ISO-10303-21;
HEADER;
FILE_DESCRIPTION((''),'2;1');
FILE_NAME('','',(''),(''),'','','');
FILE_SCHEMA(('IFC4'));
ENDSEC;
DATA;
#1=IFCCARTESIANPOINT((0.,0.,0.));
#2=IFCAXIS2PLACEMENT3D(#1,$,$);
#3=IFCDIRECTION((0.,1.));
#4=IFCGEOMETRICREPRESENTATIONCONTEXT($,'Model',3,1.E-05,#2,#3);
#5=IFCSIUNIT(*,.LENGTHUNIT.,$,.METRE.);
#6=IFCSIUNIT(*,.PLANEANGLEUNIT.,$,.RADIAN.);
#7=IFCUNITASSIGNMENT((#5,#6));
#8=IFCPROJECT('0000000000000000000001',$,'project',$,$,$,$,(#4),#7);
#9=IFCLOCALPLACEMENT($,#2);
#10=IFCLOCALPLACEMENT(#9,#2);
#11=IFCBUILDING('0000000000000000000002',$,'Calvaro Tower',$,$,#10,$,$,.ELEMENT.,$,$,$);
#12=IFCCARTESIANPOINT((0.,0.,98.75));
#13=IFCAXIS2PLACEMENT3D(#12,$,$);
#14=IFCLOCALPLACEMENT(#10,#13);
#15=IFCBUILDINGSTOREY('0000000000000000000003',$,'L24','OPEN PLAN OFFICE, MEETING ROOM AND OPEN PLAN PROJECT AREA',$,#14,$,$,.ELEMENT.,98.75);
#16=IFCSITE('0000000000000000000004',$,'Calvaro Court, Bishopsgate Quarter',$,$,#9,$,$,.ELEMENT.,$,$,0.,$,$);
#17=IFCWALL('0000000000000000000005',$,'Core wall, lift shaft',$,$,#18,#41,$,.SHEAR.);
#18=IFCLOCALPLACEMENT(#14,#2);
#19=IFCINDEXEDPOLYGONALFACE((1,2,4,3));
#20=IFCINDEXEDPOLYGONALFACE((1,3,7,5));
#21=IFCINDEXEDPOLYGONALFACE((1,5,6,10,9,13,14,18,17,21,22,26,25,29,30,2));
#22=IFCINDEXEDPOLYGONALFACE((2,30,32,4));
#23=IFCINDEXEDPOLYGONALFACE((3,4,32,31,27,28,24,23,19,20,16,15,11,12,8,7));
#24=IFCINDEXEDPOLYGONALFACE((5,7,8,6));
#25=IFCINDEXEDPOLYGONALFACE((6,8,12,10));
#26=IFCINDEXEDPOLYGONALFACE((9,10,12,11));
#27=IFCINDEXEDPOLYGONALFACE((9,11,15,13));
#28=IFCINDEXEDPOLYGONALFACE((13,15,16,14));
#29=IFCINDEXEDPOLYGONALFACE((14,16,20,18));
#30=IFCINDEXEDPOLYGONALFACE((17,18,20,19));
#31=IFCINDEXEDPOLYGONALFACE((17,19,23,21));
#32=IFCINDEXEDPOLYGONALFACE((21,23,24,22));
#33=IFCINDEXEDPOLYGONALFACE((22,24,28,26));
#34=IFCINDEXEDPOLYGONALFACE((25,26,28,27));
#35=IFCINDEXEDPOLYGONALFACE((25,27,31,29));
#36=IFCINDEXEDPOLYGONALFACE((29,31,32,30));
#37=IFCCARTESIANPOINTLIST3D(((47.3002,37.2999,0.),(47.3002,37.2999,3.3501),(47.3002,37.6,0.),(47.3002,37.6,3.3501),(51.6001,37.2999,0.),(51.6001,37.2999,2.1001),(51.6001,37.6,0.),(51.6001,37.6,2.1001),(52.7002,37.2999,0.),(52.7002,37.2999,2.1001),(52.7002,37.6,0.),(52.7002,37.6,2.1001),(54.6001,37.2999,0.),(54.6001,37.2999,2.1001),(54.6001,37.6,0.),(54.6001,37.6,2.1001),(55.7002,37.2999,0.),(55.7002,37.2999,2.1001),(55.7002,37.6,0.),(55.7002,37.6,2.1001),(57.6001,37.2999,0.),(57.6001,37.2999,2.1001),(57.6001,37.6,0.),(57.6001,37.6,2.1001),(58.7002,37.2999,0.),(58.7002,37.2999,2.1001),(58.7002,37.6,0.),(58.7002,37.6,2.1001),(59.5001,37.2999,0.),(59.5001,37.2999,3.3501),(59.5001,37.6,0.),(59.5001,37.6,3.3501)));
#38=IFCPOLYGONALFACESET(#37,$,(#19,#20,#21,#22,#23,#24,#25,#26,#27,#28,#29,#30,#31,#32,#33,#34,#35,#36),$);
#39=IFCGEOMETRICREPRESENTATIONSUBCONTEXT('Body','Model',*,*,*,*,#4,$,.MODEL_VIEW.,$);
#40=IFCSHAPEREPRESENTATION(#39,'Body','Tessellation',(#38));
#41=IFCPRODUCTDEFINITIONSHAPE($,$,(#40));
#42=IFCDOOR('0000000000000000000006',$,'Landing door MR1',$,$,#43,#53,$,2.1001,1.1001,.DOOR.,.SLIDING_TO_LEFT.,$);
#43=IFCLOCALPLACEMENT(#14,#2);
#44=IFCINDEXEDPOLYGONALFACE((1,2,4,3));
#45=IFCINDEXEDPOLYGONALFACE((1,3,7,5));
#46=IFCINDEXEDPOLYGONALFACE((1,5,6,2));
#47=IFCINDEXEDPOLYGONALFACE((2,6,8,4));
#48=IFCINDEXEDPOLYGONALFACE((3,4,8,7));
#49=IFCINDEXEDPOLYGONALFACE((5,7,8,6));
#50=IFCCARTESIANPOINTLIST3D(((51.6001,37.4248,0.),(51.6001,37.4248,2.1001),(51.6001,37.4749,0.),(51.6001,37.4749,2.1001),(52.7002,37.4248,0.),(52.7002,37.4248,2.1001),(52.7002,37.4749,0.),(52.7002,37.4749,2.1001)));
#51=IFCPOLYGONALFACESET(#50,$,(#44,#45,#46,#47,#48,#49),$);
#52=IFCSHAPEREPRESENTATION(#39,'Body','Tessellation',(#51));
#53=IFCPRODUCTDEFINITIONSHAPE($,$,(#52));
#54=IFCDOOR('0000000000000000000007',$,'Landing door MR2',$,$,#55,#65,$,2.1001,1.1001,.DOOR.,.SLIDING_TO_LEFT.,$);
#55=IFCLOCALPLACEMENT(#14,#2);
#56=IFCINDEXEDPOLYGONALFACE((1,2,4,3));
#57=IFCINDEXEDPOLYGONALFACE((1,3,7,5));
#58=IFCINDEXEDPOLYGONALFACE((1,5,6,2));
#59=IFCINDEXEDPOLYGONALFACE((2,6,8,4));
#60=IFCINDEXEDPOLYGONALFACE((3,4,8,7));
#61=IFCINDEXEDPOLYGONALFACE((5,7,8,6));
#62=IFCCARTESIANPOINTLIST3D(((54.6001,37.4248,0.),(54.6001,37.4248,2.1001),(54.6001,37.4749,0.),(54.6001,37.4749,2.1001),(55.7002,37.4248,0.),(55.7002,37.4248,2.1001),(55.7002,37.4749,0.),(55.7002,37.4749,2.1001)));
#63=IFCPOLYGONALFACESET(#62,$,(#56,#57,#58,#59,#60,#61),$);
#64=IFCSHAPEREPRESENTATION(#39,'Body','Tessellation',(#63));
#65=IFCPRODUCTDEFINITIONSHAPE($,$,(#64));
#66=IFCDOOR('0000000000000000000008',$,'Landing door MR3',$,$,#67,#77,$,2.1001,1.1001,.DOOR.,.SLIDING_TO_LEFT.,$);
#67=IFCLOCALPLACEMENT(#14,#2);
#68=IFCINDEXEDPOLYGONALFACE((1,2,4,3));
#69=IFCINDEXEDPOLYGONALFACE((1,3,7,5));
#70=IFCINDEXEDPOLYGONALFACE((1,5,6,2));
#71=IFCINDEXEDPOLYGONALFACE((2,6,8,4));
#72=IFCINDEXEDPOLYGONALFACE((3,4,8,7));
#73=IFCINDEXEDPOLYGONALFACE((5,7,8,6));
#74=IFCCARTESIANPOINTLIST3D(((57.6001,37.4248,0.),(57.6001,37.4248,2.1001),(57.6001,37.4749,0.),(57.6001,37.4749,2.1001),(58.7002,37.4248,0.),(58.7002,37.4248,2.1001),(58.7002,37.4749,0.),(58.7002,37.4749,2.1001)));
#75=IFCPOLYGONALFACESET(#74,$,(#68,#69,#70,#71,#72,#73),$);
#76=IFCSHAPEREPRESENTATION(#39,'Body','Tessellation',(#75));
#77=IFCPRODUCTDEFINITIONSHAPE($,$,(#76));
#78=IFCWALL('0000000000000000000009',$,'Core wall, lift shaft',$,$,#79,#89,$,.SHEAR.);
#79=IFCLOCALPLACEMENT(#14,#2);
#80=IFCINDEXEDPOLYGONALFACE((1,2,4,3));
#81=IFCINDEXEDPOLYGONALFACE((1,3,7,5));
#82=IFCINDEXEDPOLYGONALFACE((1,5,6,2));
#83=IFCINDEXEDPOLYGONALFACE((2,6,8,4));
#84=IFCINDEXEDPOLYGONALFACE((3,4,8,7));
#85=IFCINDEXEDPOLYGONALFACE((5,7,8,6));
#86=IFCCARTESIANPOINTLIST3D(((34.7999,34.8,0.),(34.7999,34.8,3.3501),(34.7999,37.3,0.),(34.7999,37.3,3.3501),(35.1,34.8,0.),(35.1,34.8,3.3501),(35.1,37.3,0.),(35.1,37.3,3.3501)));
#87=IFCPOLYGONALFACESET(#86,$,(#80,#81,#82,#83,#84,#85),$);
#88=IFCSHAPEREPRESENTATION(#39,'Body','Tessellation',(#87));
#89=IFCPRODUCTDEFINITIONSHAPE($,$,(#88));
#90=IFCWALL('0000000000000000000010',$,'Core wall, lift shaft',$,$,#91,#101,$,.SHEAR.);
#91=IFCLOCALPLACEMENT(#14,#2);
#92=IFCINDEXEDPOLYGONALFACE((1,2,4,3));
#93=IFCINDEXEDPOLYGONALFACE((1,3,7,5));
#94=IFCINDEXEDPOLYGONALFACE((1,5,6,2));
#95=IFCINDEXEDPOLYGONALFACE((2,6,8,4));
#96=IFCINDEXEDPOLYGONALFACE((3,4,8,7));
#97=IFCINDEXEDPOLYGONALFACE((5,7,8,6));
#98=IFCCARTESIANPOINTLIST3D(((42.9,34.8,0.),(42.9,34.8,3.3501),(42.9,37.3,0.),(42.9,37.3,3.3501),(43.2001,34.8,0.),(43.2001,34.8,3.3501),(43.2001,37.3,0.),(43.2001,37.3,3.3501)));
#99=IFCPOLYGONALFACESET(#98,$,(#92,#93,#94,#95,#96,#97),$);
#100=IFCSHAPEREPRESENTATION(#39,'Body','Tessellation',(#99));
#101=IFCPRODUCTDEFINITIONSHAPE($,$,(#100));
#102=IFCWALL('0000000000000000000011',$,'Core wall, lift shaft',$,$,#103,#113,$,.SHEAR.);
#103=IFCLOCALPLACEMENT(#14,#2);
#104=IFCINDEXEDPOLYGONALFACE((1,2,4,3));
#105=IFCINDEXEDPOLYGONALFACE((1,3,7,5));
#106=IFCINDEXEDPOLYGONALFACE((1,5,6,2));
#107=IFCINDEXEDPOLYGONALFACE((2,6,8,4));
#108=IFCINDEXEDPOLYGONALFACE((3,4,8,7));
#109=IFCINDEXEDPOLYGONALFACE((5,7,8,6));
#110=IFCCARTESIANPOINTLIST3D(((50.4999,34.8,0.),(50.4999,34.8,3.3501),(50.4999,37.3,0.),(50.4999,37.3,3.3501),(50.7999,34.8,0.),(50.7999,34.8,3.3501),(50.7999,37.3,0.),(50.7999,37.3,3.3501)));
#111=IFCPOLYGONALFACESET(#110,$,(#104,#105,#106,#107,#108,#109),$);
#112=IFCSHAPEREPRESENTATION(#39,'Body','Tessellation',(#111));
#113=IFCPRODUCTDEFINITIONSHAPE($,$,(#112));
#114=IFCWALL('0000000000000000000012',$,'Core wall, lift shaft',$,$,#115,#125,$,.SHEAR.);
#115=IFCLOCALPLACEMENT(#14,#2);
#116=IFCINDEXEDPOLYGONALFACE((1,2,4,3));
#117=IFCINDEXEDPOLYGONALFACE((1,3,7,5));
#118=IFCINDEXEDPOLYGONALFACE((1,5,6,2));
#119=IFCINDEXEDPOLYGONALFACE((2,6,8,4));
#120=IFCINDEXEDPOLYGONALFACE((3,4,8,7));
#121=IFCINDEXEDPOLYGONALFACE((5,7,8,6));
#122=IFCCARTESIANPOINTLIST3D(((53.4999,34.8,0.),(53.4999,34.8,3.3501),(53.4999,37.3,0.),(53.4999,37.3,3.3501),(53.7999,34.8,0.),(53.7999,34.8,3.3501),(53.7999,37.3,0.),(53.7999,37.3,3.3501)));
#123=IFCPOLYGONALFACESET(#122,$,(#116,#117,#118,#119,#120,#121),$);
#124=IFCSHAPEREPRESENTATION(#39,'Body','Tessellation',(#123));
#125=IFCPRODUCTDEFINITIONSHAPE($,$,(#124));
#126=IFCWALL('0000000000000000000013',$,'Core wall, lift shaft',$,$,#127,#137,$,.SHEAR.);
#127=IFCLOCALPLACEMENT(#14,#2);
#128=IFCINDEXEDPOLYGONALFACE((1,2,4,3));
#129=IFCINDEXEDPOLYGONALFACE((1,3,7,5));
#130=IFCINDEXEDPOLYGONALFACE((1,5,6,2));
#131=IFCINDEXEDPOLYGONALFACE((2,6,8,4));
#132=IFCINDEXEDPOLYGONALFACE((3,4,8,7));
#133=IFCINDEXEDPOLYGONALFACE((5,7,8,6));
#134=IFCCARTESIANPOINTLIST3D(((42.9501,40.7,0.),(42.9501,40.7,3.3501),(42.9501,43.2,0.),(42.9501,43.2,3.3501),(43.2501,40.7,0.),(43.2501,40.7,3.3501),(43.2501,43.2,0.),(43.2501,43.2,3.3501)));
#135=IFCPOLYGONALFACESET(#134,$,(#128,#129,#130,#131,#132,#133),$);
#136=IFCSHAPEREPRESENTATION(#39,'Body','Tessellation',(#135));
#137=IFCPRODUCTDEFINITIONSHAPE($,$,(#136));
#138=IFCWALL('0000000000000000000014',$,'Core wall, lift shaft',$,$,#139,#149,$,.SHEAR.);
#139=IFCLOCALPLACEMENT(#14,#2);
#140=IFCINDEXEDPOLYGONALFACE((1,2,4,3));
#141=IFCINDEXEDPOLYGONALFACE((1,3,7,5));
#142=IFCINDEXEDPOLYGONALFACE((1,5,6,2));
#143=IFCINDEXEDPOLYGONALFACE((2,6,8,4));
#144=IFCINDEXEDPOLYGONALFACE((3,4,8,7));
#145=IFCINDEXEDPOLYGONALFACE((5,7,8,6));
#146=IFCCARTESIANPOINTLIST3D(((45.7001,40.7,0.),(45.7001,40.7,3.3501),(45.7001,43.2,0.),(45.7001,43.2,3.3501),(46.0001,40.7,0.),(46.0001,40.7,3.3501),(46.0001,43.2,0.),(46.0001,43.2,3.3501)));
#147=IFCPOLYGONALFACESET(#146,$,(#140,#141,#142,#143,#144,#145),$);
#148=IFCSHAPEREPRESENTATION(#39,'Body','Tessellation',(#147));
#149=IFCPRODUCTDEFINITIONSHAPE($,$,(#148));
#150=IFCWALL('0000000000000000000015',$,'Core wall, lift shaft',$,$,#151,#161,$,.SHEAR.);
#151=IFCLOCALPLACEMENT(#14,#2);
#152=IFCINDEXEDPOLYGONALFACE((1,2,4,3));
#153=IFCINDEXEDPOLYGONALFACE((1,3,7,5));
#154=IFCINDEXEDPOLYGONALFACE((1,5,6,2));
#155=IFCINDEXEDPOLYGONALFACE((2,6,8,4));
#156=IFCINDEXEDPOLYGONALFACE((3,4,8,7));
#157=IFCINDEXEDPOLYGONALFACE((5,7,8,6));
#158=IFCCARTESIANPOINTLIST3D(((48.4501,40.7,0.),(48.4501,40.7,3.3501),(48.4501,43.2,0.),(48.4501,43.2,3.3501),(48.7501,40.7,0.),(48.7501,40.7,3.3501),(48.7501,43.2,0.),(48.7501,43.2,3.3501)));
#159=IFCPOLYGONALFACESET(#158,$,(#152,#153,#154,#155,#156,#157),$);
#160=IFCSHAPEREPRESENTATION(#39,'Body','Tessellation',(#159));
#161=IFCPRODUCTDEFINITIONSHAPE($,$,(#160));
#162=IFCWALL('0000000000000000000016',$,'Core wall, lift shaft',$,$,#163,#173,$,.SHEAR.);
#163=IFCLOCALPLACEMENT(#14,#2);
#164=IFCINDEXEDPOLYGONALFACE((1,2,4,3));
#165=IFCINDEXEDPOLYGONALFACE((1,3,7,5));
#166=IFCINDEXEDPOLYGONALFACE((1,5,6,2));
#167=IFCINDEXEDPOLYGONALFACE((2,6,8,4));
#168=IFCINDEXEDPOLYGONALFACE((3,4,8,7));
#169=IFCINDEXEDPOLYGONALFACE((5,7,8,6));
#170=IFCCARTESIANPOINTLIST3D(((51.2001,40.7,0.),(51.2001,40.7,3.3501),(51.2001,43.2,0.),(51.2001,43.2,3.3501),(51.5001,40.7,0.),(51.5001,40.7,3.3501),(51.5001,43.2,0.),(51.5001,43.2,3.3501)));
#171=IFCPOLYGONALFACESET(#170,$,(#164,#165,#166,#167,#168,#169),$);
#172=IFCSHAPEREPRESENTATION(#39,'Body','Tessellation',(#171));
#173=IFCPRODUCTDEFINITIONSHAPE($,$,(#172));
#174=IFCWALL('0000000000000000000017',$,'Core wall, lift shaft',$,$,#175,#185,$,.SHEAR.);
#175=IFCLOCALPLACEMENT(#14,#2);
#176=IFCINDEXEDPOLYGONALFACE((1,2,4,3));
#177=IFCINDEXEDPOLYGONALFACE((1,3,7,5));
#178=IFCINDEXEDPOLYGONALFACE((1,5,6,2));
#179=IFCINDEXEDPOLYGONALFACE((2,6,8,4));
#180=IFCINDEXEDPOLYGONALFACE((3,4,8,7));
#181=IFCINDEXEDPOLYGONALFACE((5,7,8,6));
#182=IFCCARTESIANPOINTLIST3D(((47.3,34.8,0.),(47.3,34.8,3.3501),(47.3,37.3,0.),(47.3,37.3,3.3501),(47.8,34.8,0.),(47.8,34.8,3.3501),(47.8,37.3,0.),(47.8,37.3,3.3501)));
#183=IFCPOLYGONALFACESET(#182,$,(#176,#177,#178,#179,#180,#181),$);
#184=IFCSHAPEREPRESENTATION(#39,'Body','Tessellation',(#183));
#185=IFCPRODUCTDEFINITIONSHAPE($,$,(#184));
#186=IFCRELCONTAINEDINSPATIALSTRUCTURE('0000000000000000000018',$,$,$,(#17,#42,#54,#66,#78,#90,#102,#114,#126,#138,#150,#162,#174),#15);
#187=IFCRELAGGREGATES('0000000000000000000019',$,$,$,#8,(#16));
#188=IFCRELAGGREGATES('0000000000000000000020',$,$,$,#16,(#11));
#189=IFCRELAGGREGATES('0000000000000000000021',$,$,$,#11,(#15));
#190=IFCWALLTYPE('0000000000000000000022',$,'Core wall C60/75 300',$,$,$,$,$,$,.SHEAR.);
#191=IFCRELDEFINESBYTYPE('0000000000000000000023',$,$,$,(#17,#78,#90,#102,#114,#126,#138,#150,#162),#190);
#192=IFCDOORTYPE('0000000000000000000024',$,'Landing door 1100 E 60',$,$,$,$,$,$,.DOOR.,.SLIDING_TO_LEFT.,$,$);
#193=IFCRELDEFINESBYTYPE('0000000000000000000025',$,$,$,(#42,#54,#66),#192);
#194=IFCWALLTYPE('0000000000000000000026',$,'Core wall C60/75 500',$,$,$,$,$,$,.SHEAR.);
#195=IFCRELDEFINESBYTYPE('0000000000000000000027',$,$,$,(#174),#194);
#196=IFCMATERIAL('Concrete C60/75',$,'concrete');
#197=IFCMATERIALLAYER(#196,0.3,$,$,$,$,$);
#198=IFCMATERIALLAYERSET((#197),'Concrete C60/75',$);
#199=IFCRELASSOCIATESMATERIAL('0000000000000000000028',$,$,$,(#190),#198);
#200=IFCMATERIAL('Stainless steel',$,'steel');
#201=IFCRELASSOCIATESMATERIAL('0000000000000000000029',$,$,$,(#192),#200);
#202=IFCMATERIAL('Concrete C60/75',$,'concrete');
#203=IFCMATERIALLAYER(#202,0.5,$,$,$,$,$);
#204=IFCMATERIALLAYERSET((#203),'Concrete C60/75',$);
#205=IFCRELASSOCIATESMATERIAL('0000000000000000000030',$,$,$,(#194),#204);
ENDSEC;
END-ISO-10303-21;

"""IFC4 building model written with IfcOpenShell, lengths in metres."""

from ifc_helpers import new_model, si_unit, direction, frame, frame_2d, origin, place, context, subcontext, project, spatial, rectangle, extrude, material, layer, layer_set, type_object, element, fill, save


model = new_model("IFC4")

# Units and contexts
model_context = context("Model", 3, precision=1e-05, world=origin(), true_north=direction((0.0, 1.0)))
body_context = subcontext(model_context, "Body", "Model", "MODEL_VIEW")
ifc_project = project(units=[si_unit("LENGTHUNIT", "METRE"), si_unit("PLANEANGLEUNIT", "RADIAN")], contexts=[model_context])

# Site, building, storey
site_placement = place(None, origin())
site = spatial("IfcSite", under=ifc_project, at=site_placement, Name="Calvaro Court, Bishopsgate Quarter", CompositionType="ELEMENT", RefElevation=0.0)
building_placement = place(site_placement, origin())
building = spatial("IfcBuilding", under=site, at=building_placement, Name="Calvaro Tower", CompositionType="ELEMENT")
storey_placement = place(building_placement, frame((0.0, 0.0, 98.75)))
storey = spatial("IfcBuildingStorey", under=building, at=storey_placement, Name="L24", Description="OPEN PLAN OFFICE, MEETING ROOM AND OPEN PLAN PROJECT AREA", CompositionType="ELEMENT", Elevation=98.75)

# Shared definitions
ifc_material_1 = material(Name="Concrete C60/75", Category="concrete")
ifc_layer_1 = layer(ifc_material_1, 0.3)
ifc_layer_set_1 = layer_set([ifc_layer_1], Name="Concrete C60/75")
wall_type_1 = type_object("IfcWallType", Name="Core wall C60/75 300", PredefinedType="SHEAR", material=ifc_layer_set_1)

# Shared definitions
ifc_material_2 = material(Name="Stainless steel", Category="steel")
door_type_1 = type_object("IfcDoorType", Name="Landing door 1100 E 60", OperationType="SLIDING_TO_LEFT", PredefinedType="DOOR", material=ifc_material_2)

# Wall, openings, doors
wall_1_placement = place(storey_placement, frame((47.3, 37.45, 0.0), z_axis=(0.0, 0.0, 1.0), x_axis=(1.0, 0.0, 0.0)))
wall_1 = element("IfcWall", 1, at=wall_1_placement, inside=storey, type_object=wall_type_1, Name="Core wall, lift shaft", PredefinedType="SHEAR", context=body_context, shape_type="SweptSolid", body=[
    extrude(rectangle(XDim=12.2, YDim=0.3, at=frame_2d((6.1001, 0.0))), origin(), (0.0, 0.0, 1.0), 3.3501),
])
opening_1_placement = place(wall_1_placement, frame((4.3, 0.0, 0.0)))
opening_1 = element("IfcOpeningElement", 2, at=opening_1_placement, cuts=wall_1, PredefinedType="OPENING", context=body_context, shape_type="SweptSolid", body=[
    extrude(rectangle(XDim=1.1001, YDim=2.1001, at=frame_2d((0.55, 1.05))), frame((0.0, 0.1599, 0.0), z_axis=(0.0, -1.0, 0.0), x_axis=(1.0, 0.0, 0.0)), (0.0, 0.0, 1.0), 0.3201),
])
opening_2_placement = place(wall_1_placement, frame((7.3, 0.0, 0.0)))
opening_2 = element("IfcOpeningElement", 3, at=opening_2_placement, cuts=wall_1, PredefinedType="OPENING", context=body_context, shape_type="SweptSolid", body=[
    extrude(rectangle(XDim=1.1001, YDim=2.1001, at=frame_2d((0.55, 1.05))), frame((0.0, 0.1599, 0.0), z_axis=(0.0, -1.0, 0.0), x_axis=(1.0, 0.0, 0.0)), (0.0, 0.0, 1.0), 0.3201),
])
opening_3_placement = place(wall_1_placement, frame((10.3, 0.0, 0.0)))
opening_3 = element("IfcOpeningElement", 4, at=opening_3_placement, cuts=wall_1, PredefinedType="OPENING", context=body_context, shape_type="SweptSolid", body=[
    extrude(rectangle(XDim=1.1001, YDim=2.1001, at=frame_2d((0.55, 1.05))), frame((0.0, 0.1599, 0.0), z_axis=(0.0, -1.0, 0.0), x_axis=(1.0, 0.0, 0.0)), (0.0, 0.0, 1.0), 0.3201),
])
door_1_placement = place(opening_1_placement, origin())
door_1 = element("IfcDoor", 5, at=door_1_placement, inside=storey, type_object=door_type_1, Name="Landing door MR1", OperationType="SLIDING_TO_LEFT", OverallHeight=2.1001, OverallWidth=1.1001, PredefinedType="DOOR", context=body_context, shape_type="SweptSolid", body=[
    extrude(rectangle(XDim=1.1001, YDim=2.1001, at=frame_2d((0.55, 1.05))), frame((0.0, 0.0249, 0.0), z_axis=(0.0, -1.0, 0.0), x_axis=(1.0, 0.0, 0.0)), (0.0, 0.0, 1.0), 0.05),
])
fill(opening_1, door_1)
door_2_placement = place(opening_2_placement, origin())
door_2 = element("IfcDoor", 6, at=door_2_placement, inside=storey, type_object=door_type_1, Name="Landing door MR2", OperationType="SLIDING_TO_LEFT", OverallHeight=2.1001, OverallWidth=1.1001, PredefinedType="DOOR", context=body_context, shape_type="SweptSolid", body=[
    extrude(rectangle(XDim=1.1001, YDim=2.1001, at=frame_2d((0.55, 1.05))), frame((0.0, 0.0249, 0.0), z_axis=(0.0, -1.0, 0.0), x_axis=(1.0, 0.0, 0.0)), (0.0, 0.0, 1.0), 0.05),
])
fill(opening_2, door_2)
door_3_placement = place(opening_3_placement, origin())
door_3 = element("IfcDoor", 7, at=door_3_placement, inside=storey, type_object=door_type_1, Name="Landing door MR3", OperationType="SLIDING_TO_LEFT", OverallHeight=2.1001, OverallWidth=1.1001, PredefinedType="DOOR", context=body_context, shape_type="SweptSolid", body=[
    extrude(rectangle(XDim=1.1001, YDim=2.1001, at=frame_2d((0.55, 1.05))), frame((0.0, 0.0249, 0.0), z_axis=(0.0, -1.0, 0.0), x_axis=(1.0, 0.0, 0.0)), (0.0, 0.0, 1.0), 0.05),
])
fill(opening_3, door_3)

# Walls
for number, where, z_axis, x_axis, name in (
    (8, (34.95, 34.8, 0.0), (0.0, 0.0, 1.0), (0.0, 1.0, 0.0), "Core wall, lift shaft"),
    (9, (43.05, 34.8, 0.0), (0.0, 0.0, 1.0), (0.0, 1.0, 0.0), "Core wall, lift shaft"),
    (10, (50.6499, 34.8, 0.0), (0.0, 0.0, 1.0), (0.0, 1.0, 0.0), "Core wall, lift shaft"),
    (11, (53.6499, 34.8, 0.0), (0.0, 0.0, 1.0), (0.0, 1.0, 0.0), "Core wall, lift shaft"),
    (12, (43.1001, 40.7, 0.0), (0.0, 0.0, 1.0), (0.0, 1.0, 0.0), "Core wall, lift shaft"),
    (13, (45.8501, 40.7, 0.0), (0.0, 0.0, 1.0), (0.0, 1.0, 0.0), "Core wall, lift shaft"),
    (14, (48.6001, 40.7, 0.0), (0.0, 0.0, 1.0), (0.0, 1.0, 0.0), "Core wall, lift shaft"),
    (15, (51.3501, 40.7, 0.0), (0.0, 0.0, 1.0), (0.0, 1.0, 0.0), "Core wall, lift shaft"),
):
    element("IfcWall", number, at=place(storey_placement, frame(where, z_axis=z_axis, x_axis=x_axis)), inside=storey, type_object=wall_type_1, Name=name, PredefinedType="SHEAR", context=body_context, shape_type="SweptSolid", body=[
        extrude(rectangle(XDim=2.5, YDim=0.3, at=frame_2d((1.25, 0.0))), origin(), (0.0, 0.0, 1.0), 3.3501),
    ])
ifc_material_3 = material(Name="Concrete C60/75", Category="concrete")
ifc_layer_2 = layer(ifc_material_3, 0.5)
ifc_layer_set_2 = layer_set([ifc_layer_2], Name="Concrete C60/75")
wall_type_2 = type_object("IfcWallType", Name="Core wall C60/75 500", PredefinedType="SHEAR", material=ifc_layer_set_2)
wall_2_placement = place(storey_placement, frame((47.55, 34.8, 0.0), z_axis=(0.0, 0.0, 1.0), x_axis=(0.0, 1.0, 0.0)))
element("IfcWall", 16, at=wall_2_placement, inside=storey, type_object=wall_type_2, Name="Core wall, lift shaft", PredefinedType="SHEAR", context=body_context, shape_type="SweptSolid", body=[
    extrude(rectangle(XDim=2.5, YDim=0.5, at=frame_2d((1.25, 0.0))), origin(), (0.0, 0.0, 1.0), 3.3501),
])

save(model, "model.ifc")
